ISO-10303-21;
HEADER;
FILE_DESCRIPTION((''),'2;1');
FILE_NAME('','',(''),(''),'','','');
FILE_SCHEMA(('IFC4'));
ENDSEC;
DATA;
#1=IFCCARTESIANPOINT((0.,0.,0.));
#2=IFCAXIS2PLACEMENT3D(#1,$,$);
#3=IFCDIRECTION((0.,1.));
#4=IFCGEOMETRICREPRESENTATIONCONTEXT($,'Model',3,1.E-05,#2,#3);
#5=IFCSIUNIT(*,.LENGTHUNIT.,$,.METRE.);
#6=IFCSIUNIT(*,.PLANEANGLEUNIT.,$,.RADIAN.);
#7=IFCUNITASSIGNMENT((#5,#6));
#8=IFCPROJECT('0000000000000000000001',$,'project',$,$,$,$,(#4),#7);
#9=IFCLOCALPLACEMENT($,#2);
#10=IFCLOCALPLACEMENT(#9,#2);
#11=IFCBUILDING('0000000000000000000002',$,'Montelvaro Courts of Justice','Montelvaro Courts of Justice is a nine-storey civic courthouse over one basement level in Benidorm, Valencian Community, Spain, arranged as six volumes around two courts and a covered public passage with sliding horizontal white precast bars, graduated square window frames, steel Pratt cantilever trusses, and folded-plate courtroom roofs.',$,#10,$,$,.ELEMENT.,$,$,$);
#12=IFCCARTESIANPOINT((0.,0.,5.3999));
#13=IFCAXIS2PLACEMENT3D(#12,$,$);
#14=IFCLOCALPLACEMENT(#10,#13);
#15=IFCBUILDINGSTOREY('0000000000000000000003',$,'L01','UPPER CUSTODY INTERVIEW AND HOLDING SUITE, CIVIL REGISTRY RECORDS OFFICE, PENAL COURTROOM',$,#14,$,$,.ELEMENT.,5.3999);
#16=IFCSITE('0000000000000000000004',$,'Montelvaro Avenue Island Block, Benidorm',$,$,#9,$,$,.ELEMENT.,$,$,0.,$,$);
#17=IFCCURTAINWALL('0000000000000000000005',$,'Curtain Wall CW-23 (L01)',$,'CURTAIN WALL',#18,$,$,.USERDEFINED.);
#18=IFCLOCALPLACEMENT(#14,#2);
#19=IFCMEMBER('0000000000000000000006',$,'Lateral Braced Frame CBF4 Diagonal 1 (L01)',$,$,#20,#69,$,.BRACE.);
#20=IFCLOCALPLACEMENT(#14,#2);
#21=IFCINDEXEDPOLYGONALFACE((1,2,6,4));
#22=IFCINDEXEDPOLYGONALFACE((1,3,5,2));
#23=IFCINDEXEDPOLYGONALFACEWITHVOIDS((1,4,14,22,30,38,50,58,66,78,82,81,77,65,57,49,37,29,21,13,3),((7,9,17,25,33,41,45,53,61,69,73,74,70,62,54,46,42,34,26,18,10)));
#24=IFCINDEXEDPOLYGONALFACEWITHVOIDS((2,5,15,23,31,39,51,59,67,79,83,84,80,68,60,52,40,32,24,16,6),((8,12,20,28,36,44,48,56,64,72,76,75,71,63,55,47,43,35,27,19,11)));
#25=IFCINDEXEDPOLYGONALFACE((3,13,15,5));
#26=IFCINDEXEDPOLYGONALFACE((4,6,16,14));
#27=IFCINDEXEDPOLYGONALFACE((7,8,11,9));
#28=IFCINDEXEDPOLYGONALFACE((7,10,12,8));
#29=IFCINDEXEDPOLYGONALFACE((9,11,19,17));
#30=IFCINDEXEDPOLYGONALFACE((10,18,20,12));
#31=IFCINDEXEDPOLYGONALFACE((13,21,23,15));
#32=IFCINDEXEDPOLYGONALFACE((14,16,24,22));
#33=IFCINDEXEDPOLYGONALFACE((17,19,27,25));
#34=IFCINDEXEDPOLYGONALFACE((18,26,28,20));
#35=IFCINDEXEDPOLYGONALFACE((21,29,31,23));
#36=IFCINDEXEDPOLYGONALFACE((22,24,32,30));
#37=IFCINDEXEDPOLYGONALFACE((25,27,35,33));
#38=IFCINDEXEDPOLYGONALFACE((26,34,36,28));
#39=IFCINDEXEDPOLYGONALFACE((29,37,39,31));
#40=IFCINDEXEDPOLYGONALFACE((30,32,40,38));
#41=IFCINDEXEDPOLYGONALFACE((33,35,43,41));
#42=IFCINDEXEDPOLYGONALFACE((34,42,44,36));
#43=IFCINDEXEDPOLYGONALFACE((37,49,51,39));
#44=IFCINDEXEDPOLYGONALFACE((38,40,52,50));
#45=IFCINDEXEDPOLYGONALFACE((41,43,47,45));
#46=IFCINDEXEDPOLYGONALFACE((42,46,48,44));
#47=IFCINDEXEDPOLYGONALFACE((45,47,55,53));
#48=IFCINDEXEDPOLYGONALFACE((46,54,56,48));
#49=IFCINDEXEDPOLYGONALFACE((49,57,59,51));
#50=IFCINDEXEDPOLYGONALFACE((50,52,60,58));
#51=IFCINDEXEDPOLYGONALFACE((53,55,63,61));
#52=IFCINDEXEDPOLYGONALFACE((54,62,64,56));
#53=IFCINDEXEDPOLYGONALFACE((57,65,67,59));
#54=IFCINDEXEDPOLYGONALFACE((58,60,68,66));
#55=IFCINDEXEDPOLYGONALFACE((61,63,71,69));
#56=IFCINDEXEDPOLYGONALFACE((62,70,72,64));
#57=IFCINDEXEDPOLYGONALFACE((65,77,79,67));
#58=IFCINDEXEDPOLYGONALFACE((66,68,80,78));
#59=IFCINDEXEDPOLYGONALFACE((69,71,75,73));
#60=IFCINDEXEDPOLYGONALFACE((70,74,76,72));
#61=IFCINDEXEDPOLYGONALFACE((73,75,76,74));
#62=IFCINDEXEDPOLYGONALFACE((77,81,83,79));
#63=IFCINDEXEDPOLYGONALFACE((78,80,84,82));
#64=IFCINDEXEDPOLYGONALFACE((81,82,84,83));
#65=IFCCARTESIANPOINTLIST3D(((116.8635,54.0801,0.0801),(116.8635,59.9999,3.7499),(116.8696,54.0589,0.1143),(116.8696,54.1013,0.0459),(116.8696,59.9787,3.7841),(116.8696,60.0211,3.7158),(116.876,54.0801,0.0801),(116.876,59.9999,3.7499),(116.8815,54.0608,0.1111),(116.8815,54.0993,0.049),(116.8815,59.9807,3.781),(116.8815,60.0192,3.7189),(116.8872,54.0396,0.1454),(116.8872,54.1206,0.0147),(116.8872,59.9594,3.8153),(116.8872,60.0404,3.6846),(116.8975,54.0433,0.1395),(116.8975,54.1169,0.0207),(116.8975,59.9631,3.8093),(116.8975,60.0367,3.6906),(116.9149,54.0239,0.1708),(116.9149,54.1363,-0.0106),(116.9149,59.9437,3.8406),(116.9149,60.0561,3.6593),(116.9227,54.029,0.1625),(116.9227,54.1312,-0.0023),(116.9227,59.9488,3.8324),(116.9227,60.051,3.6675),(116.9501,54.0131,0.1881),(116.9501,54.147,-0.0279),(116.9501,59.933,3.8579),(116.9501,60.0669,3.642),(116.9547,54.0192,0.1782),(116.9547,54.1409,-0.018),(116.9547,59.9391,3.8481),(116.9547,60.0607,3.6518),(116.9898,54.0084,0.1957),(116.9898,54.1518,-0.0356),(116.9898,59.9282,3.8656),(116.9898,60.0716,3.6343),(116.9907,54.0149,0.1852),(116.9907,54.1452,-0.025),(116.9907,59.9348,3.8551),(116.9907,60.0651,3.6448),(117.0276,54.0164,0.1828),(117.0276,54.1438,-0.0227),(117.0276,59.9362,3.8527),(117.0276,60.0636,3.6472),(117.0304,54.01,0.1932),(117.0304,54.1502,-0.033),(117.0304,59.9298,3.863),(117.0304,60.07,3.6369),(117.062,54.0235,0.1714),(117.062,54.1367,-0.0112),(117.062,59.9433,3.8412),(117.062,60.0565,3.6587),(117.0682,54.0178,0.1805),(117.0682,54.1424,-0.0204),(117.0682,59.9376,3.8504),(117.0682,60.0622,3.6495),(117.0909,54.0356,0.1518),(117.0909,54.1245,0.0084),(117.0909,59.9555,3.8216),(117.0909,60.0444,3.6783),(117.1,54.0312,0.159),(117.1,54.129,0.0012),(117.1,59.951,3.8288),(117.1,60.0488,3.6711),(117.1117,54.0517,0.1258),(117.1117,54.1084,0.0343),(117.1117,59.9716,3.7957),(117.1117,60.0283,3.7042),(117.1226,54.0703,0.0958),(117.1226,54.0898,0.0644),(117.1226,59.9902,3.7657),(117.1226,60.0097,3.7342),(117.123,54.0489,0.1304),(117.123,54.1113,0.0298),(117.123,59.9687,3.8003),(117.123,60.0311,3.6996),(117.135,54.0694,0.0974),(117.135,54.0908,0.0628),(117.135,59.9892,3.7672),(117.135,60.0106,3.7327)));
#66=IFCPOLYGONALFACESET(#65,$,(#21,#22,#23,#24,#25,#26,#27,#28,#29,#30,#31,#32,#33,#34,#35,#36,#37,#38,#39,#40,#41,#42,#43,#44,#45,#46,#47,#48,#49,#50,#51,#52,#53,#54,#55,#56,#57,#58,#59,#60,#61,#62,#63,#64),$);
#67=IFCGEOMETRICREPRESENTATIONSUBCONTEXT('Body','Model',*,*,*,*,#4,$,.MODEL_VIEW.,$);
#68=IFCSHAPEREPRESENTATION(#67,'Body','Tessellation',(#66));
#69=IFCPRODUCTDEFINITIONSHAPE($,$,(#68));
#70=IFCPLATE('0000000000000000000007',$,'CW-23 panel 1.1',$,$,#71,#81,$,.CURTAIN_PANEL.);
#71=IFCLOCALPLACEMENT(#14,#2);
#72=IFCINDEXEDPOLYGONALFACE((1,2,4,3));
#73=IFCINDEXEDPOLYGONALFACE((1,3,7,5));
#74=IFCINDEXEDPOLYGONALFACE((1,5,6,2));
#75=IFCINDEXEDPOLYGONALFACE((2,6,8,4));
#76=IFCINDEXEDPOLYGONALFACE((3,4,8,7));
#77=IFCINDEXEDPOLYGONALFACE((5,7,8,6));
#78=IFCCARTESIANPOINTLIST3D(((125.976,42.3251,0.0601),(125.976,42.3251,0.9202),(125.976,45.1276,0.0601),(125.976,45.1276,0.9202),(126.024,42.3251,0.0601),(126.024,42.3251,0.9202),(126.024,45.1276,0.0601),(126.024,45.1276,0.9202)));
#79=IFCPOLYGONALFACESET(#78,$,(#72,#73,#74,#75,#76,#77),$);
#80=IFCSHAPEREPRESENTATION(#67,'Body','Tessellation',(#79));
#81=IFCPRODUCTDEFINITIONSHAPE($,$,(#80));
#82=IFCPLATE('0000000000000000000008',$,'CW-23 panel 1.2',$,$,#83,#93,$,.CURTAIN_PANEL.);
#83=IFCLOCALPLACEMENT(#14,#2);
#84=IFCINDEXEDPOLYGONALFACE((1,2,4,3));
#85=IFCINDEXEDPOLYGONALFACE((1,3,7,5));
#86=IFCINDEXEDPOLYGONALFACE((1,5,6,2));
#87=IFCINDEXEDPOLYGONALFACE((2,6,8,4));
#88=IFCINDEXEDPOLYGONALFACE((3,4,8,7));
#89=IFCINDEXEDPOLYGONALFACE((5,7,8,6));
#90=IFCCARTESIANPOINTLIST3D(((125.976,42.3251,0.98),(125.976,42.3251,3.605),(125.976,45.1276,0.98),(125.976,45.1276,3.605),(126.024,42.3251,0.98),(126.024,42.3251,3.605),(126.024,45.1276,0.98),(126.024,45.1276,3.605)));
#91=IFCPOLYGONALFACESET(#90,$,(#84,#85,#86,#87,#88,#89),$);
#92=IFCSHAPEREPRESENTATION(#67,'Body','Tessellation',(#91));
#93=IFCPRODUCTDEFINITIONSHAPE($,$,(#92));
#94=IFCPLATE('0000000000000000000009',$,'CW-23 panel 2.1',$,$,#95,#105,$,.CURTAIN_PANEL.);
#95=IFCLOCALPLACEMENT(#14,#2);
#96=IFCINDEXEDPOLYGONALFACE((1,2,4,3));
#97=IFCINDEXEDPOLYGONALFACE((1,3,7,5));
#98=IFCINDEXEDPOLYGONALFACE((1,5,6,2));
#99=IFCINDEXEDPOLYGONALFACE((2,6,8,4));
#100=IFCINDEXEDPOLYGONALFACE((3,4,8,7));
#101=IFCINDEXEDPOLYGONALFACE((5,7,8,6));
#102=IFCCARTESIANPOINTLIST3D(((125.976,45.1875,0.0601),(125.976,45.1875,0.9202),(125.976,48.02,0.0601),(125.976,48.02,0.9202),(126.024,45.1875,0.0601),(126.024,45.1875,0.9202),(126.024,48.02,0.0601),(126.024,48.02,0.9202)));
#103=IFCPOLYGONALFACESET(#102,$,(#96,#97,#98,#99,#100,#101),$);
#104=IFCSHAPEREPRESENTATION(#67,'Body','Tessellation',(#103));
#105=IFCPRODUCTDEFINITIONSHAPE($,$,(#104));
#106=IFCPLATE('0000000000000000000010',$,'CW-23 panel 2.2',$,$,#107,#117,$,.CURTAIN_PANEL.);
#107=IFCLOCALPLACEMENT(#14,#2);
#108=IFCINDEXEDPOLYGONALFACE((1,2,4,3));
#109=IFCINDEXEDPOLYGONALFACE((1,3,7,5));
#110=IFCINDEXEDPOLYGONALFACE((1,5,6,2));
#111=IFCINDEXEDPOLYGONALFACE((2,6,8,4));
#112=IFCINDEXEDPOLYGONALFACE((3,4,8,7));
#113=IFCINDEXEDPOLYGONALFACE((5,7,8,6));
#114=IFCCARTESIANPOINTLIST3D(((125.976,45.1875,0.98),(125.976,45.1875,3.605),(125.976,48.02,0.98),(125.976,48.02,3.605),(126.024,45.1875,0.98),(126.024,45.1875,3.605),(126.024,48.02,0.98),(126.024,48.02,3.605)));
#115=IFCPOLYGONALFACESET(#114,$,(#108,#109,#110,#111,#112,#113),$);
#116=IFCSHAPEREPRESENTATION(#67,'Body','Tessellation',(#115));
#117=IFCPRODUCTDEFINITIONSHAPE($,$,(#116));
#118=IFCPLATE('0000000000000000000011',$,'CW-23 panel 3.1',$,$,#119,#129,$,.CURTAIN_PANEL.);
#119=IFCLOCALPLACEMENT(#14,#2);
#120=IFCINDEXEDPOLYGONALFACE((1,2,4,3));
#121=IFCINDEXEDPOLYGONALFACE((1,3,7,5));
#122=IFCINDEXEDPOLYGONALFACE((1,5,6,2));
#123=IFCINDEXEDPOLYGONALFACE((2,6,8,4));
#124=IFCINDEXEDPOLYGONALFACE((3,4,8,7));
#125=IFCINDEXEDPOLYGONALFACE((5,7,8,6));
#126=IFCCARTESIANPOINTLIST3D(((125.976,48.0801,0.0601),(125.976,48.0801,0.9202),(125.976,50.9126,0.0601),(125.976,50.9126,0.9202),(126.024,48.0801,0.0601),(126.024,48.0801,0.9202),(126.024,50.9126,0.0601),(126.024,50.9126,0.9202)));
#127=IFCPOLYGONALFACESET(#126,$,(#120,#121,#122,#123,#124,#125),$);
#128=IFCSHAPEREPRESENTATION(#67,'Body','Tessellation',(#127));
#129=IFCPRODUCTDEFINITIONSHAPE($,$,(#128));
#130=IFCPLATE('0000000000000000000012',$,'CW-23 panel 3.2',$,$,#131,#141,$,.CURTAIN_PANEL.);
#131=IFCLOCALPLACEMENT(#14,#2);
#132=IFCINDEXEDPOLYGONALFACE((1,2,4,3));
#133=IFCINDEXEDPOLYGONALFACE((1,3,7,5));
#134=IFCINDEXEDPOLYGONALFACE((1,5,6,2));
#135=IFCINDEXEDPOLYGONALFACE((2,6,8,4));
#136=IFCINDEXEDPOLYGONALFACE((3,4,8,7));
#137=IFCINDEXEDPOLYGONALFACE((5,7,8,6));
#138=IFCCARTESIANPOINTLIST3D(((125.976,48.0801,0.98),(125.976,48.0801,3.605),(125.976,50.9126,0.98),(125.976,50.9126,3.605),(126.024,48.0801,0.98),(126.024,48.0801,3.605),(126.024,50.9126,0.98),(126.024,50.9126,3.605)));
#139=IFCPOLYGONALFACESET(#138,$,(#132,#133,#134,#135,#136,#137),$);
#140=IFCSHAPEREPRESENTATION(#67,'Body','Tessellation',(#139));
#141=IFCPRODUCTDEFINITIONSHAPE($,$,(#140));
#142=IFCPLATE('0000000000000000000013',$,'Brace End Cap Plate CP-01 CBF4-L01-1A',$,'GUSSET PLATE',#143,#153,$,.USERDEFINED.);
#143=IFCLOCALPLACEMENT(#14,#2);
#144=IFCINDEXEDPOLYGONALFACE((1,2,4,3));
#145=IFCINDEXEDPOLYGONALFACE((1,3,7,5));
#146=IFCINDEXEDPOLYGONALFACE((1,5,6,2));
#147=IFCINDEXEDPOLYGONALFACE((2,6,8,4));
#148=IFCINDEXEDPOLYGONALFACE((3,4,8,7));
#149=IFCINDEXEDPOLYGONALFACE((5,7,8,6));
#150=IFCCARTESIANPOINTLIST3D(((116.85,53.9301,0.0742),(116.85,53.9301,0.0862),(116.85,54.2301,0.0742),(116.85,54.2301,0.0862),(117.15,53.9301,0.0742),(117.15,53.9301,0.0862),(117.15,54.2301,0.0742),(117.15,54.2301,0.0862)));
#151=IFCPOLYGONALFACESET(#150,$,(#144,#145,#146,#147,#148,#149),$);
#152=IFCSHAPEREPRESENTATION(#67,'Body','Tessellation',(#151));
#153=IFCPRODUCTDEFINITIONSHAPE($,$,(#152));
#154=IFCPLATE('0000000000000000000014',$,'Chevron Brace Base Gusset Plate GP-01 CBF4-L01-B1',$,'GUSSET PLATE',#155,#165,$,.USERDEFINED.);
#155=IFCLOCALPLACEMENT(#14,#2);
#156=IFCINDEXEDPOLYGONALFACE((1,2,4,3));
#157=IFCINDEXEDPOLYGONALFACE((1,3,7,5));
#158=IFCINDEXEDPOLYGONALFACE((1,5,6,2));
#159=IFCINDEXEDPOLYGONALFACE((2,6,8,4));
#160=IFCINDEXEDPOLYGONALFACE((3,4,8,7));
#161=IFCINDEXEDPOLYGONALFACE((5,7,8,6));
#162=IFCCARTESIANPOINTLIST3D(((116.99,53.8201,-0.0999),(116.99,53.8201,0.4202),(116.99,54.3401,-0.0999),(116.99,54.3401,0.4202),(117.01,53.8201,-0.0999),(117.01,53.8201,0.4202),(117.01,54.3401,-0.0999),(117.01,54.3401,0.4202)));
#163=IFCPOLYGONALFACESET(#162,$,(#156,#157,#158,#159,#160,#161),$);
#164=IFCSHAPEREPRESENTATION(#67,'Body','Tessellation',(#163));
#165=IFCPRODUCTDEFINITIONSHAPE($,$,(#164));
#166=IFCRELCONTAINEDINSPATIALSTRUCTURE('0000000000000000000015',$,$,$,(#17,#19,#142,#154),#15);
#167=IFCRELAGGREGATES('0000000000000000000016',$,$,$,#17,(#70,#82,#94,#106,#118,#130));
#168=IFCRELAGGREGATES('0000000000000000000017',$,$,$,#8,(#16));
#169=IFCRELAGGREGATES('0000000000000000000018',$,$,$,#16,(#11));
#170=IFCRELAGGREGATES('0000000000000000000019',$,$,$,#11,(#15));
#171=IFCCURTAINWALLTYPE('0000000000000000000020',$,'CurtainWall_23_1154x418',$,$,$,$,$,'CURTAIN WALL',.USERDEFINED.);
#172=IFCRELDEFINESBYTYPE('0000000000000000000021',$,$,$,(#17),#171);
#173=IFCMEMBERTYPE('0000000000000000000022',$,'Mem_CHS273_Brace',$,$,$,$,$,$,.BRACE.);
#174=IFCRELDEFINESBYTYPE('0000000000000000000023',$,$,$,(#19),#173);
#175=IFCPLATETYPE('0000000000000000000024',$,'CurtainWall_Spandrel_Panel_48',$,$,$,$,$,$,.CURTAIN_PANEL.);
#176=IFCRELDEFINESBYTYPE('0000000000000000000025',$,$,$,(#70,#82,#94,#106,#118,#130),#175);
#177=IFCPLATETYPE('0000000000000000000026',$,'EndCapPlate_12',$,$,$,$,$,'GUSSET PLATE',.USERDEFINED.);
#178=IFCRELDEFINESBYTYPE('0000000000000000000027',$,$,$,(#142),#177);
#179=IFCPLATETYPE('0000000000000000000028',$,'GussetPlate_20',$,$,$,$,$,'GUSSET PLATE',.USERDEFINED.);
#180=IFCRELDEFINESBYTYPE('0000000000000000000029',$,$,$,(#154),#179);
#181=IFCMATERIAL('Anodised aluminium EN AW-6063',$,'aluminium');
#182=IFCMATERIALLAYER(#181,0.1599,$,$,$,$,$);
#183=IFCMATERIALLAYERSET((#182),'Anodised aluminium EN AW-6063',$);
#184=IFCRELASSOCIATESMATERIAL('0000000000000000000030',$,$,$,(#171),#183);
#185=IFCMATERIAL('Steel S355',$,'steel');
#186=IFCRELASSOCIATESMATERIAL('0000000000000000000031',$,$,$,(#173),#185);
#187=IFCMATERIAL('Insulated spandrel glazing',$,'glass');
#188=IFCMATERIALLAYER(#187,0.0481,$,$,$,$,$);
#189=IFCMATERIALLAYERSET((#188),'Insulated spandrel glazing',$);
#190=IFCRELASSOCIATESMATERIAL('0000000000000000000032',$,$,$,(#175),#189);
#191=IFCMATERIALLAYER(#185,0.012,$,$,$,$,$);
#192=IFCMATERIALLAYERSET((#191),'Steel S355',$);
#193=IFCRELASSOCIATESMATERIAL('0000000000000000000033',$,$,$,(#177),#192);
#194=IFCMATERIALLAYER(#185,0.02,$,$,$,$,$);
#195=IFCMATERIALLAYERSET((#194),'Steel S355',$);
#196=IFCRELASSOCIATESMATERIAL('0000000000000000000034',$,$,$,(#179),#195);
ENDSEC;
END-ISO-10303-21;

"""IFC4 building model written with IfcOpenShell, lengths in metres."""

from ifc_helpers import new_model, si_unit, direction, frame, origin, origin_2d, place, context, subcontext, project, spatial, rectangle, hollow_circle, extrude, material, layer, layer_set, material_profile, profile_set, type_object, element, aggregate, save


model = new_model("IFC4")

# Units and contexts
model_context = context("Model", 3, precision=1e-05, world=origin(), true_north=direction((0.0, 1.0)))
body_context = subcontext(model_context, "Body", "Model", "MODEL_VIEW")
ifc_project = project(units=[si_unit("LENGTHUNIT", "METRE"), si_unit("PLANEANGLEUNIT", "RADIAN")], contexts=[model_context])

# Site, building, storey
site_placement = place(None, origin())
site = spatial("IfcSite", under=ifc_project, at=site_placement, Name="Montelvaro Avenue Island Block, Benidorm", CompositionType="ELEMENT", RefElevation=0.0)
building_placement = place(site_placement, origin())
building = spatial("IfcBuilding", under=site, at=building_placement, Name="Montelvaro Courts of Justice", Description="Montelvaro Courts of Justice is a nine-storey civic courthouse over one basement level in Benidorm, Valencian Community, Spain, arranged as six volumes around two courts and a covered public passage with sliding horizontal white precast bars, graduated square window frames, steel Pratt cantilever trusses, and folded-plate courtroom roofs.", CompositionType="ELEMENT")
storey_placement = place(building_placement, frame((0.0, 0.0, 5.3999)))
storey = spatial("IfcBuildingStorey", under=building, at=storey_placement, Name="L01", Description="UPPER CUSTODY INTERVIEW AND HOLDING SUITE, CIVIL REGISTRY RECORDS OFFICE, PENAL COURTROOM", CompositionType="ELEMENT", Elevation=5.3999)

# Shared definitions
ifc_material_1 = material(Name="Steel S355", Category="steel")

# Curtain wall
ifc_material_2 = material(Name="Anodised aluminium EN AW-6063", Category="aluminium")
ifc_layer_1 = layer(ifc_material_2, 0.1599)
ifc_layer_set_1 = layer_set([ifc_layer_1], Name="Anodised aluminium EN AW-6063")
curtain_wall_type = type_object("IfcCurtainWallType", Name="CurtainWall_23_1154x418", ElementType="CURTAIN WALL", PredefinedType="USERDEFINED", material=ifc_layer_set_1)
curtain_wall_placement = place(storey_placement, origin())
curtain_wall = element("IfcCurtainWall", 1, at=curtain_wall_placement, inside=storey, type_object=curtain_wall_type, Name="Curtain Wall CW-23 (L01)", ObjectType="CURTAIN WALL", PredefinedType="USERDEFINED")

# Member
ifc_material_profile_1 = material_profile(ifc_material_1, hollow_circle(Radius=0.1365, WallThickness=0.0125, at=origin_2d()), Name="CHS 273x12.5")
ifc_profile_set_1 = profile_set([ifc_material_profile_1], Name="Steel S355")
member_type_1 = type_object("IfcMemberType", Name="Mem_CHS273_Brace", PredefinedType="BRACE", material=ifc_profile_set_1)
member_1_placement = place(storey_placement, frame((117.0, 54.0801, 0.0801), z_axis=(0.0, 0.84993, 0.526895), x_axis=(-1.0, 0.0, 0.0)))
element("IfcMember", 2, at=member_1_placement, inside=storey, type_object=member_type_1, Name="Lateral Braced Frame CBF4 Diagonal 1 (L01)", PredefinedType="BRACE", context=body_context, shape_type="SweptSolid", body=[
    extrude(hollow_circle(Radius=0.1365, WallThickness=0.0125, at=origin_2d()), origin(), (0.0, 0.0, 1.0), 6.9651),
])

# Plates
ifc_material_3 = material(Name="Insulated spandrel glazing", Category="glass")
ifc_layer_2 = layer(ifc_material_3, 0.0481)
ifc_layer_set_2 = layer_set([ifc_layer_2], Name="Insulated spandrel glazing")
plate_type_1 = type_object("IfcPlateType", Name="CurtainWall_Spandrel_Panel_48", PredefinedType="CURTAIN_PANEL", material=ifc_layer_set_2)
plate_1_placement = place(storey_placement, frame((126.0, 43.7263, 0.0601), z_axis=(0.0, 0.0, 1.0), x_axis=(0.0, 1.0, 0.0)))
plate_1 = element("IfcPlate", 3, at=plate_1_placement, type_object=plate_type_1, Name="CW-23 panel 1.1", PredefinedType="CURTAIN_PANEL", context=body_context, shape_type="SweptSolid", body=[
    extrude(rectangle(XDim=2.8025, YDim=0.0481, at=origin_2d()), origin(), (0.0, 0.0, 1.0), 0.8601),
])
plate_2_placement = place(storey_placement, frame((126.0, 43.7263, 0.98), z_axis=(0.0, 0.0, 1.0), x_axis=(0.0, 1.0, 0.0)))
plate_2 = element("IfcPlate", 4, at=plate_2_placement, type_object=plate_type_1, Name="CW-23 panel 1.2", PredefinedType="CURTAIN_PANEL", context=body_context, shape_type="SweptSolid", body=[
    extrude(rectangle(XDim=2.8025, YDim=0.0481, at=origin_2d()), origin(), (0.0, 0.0, 1.0), 2.625),
])
plate_3_placement = place(storey_placement, frame((126.0, 46.6038, 0.0601), z_axis=(0.0, 0.0, 1.0), x_axis=(0.0, 1.0, 0.0)))
plate_3 = element("IfcPlate", 5, at=plate_3_placement, type_object=plate_type_1, Name="CW-23 panel 2.1", PredefinedType="CURTAIN_PANEL", context=body_context, shape_type="SweptSolid", body=[
    extrude(rectangle(XDim=2.8325, YDim=0.0481, at=origin_2d()), origin(), (0.0, 0.0, 1.0), 0.8601),
])
plate_4_placement = place(storey_placement, frame((126.0, 46.6038, 0.98), z_axis=(0.0, 0.0, 1.0), x_axis=(0.0, 1.0, 0.0)))
plate_4 = element("IfcPlate", 6, at=plate_4_placement, type_object=plate_type_1, Name="CW-23 panel 2.2", PredefinedType="CURTAIN_PANEL", context=body_context, shape_type="SweptSolid", body=[
    extrude(rectangle(XDim=2.8325, YDim=0.0481, at=origin_2d()), origin(), (0.0, 0.0, 1.0), 2.625),
])
plate_5_placement = place(storey_placement, frame((126.0, 49.4963, 0.0601), z_axis=(0.0, 0.0, 1.0), x_axis=(0.0, 1.0, 0.0)))
plate_5 = element("IfcPlate", 7, at=plate_5_placement, type_object=plate_type_1, Name="CW-23 panel 3.1", PredefinedType="CURTAIN_PANEL", context=body_context, shape_type="SweptSolid", body=[
    extrude(rectangle(XDim=2.8325, YDim=0.0481, at=origin_2d()), origin(), (0.0, 0.0, 1.0), 0.8601),
])
plate_6_placement = place(storey_placement, frame((126.0, 49.4963, 0.98), z_axis=(0.0, 0.0, 1.0), x_axis=(0.0, 1.0, 0.0)))
plate_6 = element("IfcPlate", 8, at=plate_6_placement, type_object=plate_type_1, Name="CW-23 panel 3.2", PredefinedType="CURTAIN_PANEL", context=body_context, shape_type="SweptSolid", body=[
    extrude(rectangle(XDim=2.8325, YDim=0.0481, at=origin_2d()), origin(), (0.0, 0.0, 1.0), 2.625),
])
aggregate(curtain_wall, [plate_1, plate_2, plate_3, plate_4, plate_5, plate_6])

# Plates
ifc_layer_3 = layer(ifc_material_1, 0.012)
ifc_layer_set_3 = layer_set([ifc_layer_3], Name="Steel S355")
plate_type_2 = type_object("IfcPlateType", Name="EndCapPlate_12", ElementType="GUSSET PLATE", PredefinedType="USERDEFINED", material=ifc_layer_set_3)
plate_7_placement = place(storey_placement, frame((117.0, 54.0801, 0.0742), z_axis=(0.0, 0.0, 1.0), x_axis=(1.0, 0.0, 0.0)))
element("IfcPlate", 9, at=plate_7_placement, inside=storey, type_object=plate_type_2, Name="Brace End Cap Plate CP-01 CBF4-L01-1A", ObjectType="GUSSET PLATE", PredefinedType="USERDEFINED", context=body_context, shape_type="SweptSolid", body=[
    extrude(rectangle(XDim=0.3, YDim=0.3, at=origin_2d()), origin(), (0.0, 0.0, 1.0), 0.012),
])
ifc_layer_4 = layer(ifc_material_1, 0.02)
ifc_layer_set_4 = layer_set([ifc_layer_4], Name="Steel S355")
plate_type_3 = type_object("IfcPlateType", Name="GussetPlate_20", ElementType="GUSSET PLATE", PredefinedType="USERDEFINED", material=ifc_layer_set_4)
plate_8_placement = place(storey_placement, frame((117.0, 54.0801, -0.0999), z_axis=(0.0, 0.0, 1.0), x_axis=(1.0, 0.0, 0.0)))
element("IfcPlate", 10, at=plate_8_placement, inside=storey, type_object=plate_type_3, Name="Chevron Brace Base Gusset Plate GP-01 CBF4-L01-B1", ObjectType="GUSSET PLATE", PredefinedType="USERDEFINED", context=body_context, shape_type="SweptSolid", body=[
    extrude(rectangle(XDim=0.02, YDim=0.52, at=origin_2d()), origin(), (0.0, 0.0, 1.0), 0.52),
])

save(model, "model.ifc")
